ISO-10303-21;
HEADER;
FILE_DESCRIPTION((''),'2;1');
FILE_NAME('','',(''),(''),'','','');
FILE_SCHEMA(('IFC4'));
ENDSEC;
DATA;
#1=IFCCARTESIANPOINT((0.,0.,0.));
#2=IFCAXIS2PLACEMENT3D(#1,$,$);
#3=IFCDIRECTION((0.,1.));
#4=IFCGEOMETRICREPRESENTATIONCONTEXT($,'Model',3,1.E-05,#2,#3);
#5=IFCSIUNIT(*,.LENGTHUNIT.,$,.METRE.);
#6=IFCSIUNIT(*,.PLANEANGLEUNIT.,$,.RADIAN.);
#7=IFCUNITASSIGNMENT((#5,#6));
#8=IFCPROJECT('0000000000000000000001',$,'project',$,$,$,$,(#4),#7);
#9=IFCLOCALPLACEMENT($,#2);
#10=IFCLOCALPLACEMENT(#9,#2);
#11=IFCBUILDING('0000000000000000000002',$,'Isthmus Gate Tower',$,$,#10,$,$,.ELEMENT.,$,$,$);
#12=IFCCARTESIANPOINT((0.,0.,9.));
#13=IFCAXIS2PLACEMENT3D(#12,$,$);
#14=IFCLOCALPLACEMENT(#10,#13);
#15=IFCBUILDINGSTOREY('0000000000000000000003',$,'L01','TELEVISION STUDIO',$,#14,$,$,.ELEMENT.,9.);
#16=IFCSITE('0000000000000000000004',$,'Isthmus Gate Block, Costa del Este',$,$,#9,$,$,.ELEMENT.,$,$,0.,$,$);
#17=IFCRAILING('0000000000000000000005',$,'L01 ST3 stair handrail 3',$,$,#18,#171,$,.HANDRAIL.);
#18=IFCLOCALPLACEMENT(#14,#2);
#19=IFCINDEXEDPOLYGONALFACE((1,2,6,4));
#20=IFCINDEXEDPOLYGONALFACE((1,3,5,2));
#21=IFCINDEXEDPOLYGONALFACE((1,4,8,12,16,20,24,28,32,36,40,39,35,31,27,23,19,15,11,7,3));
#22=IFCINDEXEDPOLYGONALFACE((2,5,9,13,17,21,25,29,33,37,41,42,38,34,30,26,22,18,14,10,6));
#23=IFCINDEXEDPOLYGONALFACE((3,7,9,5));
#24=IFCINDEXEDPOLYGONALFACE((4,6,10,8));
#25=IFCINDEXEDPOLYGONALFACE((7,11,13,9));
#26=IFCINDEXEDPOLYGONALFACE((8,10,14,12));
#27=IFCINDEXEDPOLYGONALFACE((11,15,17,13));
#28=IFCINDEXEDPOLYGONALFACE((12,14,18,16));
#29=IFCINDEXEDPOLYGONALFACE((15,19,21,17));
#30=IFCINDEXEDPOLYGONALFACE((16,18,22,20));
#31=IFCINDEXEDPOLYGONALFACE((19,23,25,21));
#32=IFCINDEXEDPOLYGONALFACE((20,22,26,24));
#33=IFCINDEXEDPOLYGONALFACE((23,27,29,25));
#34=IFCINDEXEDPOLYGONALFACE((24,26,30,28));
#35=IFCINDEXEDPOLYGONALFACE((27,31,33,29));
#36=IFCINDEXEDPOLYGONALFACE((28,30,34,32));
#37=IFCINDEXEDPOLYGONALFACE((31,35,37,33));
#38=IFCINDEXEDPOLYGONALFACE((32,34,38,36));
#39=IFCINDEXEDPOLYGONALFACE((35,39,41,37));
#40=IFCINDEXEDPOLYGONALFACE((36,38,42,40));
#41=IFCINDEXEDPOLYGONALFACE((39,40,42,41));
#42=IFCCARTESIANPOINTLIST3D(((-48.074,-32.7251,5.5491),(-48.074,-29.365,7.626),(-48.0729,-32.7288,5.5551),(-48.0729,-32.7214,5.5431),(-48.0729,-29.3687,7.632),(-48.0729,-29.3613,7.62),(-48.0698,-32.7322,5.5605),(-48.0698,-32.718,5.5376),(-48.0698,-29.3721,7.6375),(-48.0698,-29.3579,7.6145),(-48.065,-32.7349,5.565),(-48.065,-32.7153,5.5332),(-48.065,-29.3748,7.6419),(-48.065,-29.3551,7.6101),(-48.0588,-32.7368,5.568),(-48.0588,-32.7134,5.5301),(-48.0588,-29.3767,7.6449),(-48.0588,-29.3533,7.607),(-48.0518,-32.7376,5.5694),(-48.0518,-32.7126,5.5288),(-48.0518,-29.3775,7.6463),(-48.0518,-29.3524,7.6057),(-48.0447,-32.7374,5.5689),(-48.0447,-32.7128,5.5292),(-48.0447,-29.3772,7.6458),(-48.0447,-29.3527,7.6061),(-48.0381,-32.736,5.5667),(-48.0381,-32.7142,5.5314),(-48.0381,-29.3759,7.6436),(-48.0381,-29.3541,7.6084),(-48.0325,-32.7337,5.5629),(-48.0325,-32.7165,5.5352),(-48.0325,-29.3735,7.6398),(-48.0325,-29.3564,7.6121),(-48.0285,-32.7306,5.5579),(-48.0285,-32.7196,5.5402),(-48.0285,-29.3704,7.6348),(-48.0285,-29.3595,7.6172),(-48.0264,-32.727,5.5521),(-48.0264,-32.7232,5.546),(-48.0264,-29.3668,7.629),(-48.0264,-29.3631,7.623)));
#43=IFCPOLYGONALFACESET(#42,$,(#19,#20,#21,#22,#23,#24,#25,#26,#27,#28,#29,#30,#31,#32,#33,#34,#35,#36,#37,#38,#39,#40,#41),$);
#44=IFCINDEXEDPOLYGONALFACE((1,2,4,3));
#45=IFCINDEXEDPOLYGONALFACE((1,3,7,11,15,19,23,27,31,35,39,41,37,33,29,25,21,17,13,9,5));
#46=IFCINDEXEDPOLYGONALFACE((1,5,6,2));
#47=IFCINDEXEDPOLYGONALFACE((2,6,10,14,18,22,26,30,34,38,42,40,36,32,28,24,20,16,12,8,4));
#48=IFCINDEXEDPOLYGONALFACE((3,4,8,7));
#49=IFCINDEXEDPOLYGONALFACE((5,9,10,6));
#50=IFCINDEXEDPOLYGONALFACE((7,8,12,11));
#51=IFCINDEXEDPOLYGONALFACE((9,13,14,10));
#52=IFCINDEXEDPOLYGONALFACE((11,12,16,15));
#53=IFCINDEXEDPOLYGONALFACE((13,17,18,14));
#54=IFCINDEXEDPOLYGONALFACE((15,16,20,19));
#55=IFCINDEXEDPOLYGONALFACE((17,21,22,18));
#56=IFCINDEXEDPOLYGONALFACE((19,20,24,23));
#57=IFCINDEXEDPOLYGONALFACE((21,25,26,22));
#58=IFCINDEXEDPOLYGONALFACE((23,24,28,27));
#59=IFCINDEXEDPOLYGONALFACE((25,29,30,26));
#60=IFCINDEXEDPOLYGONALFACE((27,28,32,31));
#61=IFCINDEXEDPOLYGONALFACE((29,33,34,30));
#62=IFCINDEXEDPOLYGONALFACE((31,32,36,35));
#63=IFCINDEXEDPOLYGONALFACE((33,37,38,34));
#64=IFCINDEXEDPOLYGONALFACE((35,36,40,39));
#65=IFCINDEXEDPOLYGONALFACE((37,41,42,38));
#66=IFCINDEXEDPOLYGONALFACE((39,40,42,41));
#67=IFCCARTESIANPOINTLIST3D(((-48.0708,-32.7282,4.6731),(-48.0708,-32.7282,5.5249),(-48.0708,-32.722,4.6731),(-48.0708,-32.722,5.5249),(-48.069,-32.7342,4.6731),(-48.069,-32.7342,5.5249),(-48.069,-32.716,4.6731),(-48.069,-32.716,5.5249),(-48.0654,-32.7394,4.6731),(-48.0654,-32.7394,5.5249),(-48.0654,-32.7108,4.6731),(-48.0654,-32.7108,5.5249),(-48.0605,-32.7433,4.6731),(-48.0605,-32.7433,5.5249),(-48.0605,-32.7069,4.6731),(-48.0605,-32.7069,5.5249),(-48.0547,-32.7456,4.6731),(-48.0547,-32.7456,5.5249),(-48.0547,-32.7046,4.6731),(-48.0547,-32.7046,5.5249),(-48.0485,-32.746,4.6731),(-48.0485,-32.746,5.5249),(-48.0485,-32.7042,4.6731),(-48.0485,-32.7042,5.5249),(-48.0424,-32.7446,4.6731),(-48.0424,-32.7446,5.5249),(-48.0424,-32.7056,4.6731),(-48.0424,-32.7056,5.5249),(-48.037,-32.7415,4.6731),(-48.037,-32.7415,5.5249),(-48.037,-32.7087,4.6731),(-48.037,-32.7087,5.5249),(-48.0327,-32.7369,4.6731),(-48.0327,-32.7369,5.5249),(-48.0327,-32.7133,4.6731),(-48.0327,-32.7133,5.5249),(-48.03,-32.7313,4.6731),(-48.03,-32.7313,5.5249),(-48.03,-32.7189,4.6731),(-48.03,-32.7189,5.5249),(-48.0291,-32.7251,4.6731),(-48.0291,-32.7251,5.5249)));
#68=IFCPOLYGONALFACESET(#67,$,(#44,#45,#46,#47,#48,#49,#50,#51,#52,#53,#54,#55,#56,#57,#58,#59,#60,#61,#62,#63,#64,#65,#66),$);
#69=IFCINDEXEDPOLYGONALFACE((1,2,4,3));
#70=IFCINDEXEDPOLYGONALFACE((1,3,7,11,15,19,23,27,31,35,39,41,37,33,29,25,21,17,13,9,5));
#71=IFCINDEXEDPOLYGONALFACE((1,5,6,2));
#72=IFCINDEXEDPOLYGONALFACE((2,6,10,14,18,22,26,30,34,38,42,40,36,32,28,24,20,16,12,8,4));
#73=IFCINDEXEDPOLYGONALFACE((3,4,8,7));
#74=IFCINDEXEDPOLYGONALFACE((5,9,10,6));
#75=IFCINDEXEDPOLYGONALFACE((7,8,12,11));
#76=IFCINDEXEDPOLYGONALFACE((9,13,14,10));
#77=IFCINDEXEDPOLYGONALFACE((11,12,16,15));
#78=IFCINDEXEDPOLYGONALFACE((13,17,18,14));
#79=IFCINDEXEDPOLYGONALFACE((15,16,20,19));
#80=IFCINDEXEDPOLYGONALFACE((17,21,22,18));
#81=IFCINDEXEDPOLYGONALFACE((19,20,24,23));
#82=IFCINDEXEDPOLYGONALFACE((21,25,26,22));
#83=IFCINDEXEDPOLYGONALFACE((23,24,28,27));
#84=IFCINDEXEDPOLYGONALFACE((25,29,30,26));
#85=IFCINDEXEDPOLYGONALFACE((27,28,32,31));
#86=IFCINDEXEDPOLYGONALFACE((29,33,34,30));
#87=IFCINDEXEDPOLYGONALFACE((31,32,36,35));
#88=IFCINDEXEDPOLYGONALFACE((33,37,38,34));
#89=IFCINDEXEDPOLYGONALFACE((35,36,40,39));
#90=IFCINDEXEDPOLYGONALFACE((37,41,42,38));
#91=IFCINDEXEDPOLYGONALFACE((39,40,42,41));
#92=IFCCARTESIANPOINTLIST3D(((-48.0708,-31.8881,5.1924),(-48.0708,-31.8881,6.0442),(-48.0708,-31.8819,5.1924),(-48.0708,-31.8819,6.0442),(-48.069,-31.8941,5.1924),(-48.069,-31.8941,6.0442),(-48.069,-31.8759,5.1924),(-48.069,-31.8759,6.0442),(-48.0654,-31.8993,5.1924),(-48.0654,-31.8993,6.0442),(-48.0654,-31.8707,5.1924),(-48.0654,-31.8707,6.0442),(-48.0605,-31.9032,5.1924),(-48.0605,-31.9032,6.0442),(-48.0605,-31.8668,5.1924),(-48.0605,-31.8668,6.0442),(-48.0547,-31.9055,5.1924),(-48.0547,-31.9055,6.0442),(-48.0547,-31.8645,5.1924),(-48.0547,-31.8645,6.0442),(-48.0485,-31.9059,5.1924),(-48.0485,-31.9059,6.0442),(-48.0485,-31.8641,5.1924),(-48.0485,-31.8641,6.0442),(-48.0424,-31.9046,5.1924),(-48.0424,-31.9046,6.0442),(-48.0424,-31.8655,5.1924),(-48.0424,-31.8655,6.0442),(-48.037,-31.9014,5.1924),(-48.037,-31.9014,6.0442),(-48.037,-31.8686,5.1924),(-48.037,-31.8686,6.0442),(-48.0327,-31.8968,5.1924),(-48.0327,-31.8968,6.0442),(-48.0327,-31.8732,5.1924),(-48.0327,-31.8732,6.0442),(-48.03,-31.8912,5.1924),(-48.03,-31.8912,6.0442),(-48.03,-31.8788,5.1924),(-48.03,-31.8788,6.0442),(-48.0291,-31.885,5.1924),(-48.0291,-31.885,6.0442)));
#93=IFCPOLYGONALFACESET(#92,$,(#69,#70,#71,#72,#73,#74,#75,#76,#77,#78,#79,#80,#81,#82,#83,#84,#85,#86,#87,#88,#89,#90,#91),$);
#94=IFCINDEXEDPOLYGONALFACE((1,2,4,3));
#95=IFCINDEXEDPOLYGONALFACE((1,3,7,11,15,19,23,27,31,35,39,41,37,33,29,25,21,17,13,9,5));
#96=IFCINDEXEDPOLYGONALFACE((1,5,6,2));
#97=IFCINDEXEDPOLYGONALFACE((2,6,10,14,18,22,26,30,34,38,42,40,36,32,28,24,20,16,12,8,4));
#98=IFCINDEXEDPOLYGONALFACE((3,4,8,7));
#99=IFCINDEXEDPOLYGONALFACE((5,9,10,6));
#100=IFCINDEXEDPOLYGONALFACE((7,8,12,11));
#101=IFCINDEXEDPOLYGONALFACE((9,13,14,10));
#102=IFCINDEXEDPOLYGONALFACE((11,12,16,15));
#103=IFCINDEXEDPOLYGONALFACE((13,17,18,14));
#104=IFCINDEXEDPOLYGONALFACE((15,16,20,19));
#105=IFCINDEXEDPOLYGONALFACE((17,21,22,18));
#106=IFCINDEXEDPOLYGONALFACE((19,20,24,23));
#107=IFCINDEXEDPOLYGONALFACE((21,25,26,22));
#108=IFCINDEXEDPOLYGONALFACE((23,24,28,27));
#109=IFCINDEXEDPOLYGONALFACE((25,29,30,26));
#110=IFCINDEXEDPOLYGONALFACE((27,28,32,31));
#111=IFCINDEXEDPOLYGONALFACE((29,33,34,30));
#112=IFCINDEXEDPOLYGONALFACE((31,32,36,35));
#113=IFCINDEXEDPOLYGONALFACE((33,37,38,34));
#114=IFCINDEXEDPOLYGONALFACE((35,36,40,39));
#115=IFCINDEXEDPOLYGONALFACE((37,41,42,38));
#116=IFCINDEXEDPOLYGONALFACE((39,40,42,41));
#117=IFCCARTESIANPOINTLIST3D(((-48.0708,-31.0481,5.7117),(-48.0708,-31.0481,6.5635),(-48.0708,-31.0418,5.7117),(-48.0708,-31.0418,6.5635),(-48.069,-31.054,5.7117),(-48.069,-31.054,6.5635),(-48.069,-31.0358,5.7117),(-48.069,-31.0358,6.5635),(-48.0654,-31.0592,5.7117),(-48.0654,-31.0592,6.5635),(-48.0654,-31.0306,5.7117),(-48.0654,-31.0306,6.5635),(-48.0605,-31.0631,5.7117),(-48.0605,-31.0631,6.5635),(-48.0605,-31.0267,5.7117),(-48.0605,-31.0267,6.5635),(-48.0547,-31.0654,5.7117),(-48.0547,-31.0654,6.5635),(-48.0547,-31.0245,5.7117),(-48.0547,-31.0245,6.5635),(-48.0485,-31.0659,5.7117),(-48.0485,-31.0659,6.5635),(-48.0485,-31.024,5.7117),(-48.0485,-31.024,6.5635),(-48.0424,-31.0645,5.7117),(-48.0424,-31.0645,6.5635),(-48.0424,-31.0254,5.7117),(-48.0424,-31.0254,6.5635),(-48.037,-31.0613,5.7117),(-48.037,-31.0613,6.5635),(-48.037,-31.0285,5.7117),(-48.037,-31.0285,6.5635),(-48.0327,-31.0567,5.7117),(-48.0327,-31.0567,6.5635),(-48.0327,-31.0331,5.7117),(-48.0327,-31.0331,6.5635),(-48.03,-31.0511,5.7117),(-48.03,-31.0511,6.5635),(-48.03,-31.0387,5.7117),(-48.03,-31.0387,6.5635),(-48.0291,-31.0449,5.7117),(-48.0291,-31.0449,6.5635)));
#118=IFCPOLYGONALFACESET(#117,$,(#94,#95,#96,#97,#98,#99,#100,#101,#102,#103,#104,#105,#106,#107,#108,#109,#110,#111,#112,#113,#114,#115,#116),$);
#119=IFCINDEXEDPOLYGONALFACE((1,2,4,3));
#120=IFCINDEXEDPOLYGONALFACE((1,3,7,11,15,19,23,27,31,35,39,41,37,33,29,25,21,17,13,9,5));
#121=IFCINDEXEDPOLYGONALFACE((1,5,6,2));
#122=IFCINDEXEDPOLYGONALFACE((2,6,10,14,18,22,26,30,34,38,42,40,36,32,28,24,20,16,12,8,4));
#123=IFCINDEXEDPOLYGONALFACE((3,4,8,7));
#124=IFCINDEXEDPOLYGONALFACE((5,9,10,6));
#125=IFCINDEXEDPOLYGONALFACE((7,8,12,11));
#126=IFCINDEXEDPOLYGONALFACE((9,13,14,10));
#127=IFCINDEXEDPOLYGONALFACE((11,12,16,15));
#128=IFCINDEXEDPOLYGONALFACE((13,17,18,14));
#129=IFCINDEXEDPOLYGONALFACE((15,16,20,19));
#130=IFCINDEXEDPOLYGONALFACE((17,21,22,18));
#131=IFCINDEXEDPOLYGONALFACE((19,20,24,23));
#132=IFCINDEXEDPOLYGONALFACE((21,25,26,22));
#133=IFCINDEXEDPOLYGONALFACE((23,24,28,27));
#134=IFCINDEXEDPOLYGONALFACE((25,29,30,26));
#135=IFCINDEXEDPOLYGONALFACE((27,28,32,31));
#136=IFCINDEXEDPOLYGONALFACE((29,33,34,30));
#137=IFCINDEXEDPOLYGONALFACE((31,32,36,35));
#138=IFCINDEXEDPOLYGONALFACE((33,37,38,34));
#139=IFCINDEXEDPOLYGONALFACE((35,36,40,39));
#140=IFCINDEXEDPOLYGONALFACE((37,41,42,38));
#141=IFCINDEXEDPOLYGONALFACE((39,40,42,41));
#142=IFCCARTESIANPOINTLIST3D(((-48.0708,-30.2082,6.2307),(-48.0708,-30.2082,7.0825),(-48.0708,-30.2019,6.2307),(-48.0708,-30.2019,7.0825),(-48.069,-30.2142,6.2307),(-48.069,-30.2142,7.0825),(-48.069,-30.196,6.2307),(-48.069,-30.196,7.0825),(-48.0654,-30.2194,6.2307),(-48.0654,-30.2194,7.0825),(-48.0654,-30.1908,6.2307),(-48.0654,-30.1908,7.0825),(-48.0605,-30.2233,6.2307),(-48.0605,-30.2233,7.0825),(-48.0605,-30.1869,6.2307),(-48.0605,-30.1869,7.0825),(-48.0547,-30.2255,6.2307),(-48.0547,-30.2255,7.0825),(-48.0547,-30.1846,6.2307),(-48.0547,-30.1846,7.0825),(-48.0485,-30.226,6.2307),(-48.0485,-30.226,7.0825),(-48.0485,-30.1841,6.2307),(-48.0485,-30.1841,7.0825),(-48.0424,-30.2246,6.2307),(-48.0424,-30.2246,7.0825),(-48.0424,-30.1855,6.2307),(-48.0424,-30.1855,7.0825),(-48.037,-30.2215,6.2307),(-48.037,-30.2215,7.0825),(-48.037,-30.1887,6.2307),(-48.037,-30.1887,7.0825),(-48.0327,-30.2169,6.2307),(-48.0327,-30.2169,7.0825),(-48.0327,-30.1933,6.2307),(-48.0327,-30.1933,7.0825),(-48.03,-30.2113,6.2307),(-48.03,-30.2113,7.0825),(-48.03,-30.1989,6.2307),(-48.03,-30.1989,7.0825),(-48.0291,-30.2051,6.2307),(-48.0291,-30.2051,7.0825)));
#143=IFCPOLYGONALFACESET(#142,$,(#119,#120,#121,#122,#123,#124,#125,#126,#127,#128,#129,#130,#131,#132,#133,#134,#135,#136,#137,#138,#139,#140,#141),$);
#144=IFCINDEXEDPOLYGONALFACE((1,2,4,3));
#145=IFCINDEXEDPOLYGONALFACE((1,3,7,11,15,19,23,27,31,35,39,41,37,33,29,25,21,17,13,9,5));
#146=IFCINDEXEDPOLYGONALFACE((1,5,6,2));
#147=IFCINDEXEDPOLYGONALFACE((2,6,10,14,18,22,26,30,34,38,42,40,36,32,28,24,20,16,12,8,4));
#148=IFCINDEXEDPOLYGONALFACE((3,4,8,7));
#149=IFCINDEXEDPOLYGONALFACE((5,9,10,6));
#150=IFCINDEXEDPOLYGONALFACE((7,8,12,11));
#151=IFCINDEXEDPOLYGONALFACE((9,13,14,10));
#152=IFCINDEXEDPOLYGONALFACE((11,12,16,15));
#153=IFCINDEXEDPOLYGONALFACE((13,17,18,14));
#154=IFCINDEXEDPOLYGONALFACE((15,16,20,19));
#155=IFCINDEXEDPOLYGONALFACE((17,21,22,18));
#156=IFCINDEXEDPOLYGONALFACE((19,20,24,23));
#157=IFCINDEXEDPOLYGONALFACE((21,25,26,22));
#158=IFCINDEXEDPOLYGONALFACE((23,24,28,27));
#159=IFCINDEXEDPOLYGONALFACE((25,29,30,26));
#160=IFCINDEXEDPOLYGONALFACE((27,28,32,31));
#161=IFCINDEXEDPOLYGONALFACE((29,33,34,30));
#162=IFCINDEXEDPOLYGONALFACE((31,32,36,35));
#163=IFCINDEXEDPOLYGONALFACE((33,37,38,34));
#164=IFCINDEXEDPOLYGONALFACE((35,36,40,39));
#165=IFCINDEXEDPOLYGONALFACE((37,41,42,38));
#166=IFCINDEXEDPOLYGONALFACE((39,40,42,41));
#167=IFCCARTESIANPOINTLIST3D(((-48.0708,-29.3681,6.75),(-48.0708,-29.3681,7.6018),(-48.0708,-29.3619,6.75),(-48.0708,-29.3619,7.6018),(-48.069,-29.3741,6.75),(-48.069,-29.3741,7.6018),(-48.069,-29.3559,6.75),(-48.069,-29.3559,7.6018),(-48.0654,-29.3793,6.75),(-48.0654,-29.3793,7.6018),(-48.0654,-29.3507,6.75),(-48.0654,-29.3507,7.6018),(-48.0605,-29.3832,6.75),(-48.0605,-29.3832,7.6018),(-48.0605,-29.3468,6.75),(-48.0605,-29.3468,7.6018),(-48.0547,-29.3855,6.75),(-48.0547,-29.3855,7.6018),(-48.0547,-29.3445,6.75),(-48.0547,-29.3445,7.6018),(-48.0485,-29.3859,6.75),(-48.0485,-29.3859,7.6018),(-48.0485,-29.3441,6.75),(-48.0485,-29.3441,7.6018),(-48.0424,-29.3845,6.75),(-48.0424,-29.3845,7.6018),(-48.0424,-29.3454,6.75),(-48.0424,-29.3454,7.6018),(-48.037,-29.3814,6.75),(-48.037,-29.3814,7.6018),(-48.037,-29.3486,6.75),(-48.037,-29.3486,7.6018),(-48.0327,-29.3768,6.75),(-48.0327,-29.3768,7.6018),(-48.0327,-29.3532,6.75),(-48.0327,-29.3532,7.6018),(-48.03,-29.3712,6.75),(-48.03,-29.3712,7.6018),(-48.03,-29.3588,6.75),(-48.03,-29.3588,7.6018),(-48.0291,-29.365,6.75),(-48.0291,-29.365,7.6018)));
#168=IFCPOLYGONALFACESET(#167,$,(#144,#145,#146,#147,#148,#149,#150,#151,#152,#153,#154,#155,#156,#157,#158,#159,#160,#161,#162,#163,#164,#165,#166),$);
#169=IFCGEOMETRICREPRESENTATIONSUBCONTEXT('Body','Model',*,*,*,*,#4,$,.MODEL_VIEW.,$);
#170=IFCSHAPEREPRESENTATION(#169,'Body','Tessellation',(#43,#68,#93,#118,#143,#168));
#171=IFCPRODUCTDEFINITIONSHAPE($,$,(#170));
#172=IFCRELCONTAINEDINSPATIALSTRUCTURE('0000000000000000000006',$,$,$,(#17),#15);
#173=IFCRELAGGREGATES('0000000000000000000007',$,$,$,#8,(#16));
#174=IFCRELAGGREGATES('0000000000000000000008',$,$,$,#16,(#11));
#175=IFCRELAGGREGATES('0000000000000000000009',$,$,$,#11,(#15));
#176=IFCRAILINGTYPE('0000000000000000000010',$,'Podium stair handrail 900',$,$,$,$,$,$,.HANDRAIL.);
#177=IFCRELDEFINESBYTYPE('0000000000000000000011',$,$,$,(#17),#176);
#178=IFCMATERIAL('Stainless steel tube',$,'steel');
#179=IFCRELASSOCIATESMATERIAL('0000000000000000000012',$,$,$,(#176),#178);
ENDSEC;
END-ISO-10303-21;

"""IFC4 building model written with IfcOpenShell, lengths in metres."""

from ifc_helpers import new_model, si_unit, direction, frame, origin, origin_2d, place, context, subcontext, project, spatial, circle, extrude, material, type_object, element, save


model = new_model("IFC4")

# Units and contexts
model_context = context("Model", 3, precision=1e-05, world=origin(), true_north=direction((0.0, 1.0)))
body_context = subcontext(model_context, "Body", "Model", "MODEL_VIEW")
ifc_project = project(units=[si_unit("LENGTHUNIT", "METRE"), si_unit("PLANEANGLEUNIT", "RADIAN")], contexts=[model_context])

# Site, building, storey
site_placement = place(None, origin())
site = spatial("IfcSite", under=ifc_project, at=site_placement, Name="Isthmus Gate Block, Costa del Este", CompositionType="ELEMENT", RefElevation=0.0)
building_placement = place(site_placement, origin())
building = spatial("IfcBuilding", under=site, at=building_placement, Name="Isthmus Gate Tower", CompositionType="ELEMENT")
storey_placement = place(building_placement, frame((0.0, 0.0, 9.0)))
storey = spatial("IfcBuildingStorey", under=building, at=storey_placement, Name="L01", Description="TELEVISION STUDIO", CompositionType="ELEMENT", Elevation=9.0)

# Railing
ifc_material_1 = material(Name="Stainless steel tube", Category="steel")
railing_type_1 = type_object("IfcRailingType", Name="Podium stair handrail 900", PredefinedType="HANDRAIL", material=ifc_material_1)
railing_1_placement = place(storey_placement, frame((-48.05, -32.7251, 4.6731)))
element("IfcRailing", 1, at=railing_1_placement, inside=storey, type_object=railing_type_1, Name="L01 ST3 stair handrail 3", PredefinedType="HANDRAIL", context=body_context, shape_type="SweptSolid", body=[
    extrude(circle(Radius=0.0239, at=origin_2d()), frame((0.0, 0.0, 0.876), z_axis=(0.0, 0.850623, 0.525776), x_axis=(-1.0, 0.0, 0.0)), (0.0, 0.0, 1.0), 3.9502),
    extrude(circle(Radius=0.021, at=origin_2d()), origin(), (0.0, 0.0, 1.0), 0.8518),
    extrude(circle(Radius=0.021, at=origin_2d()), frame((0.0, 0.8401, 0.5193)), (0.0, 0.0, 1.0), 0.8518),
    extrude(circle(Radius=0.021, at=origin_2d()), frame((0.0, 1.6802, 1.0386)), (0.0, 0.0, 1.0), 0.8518),
    extrude(circle(Radius=0.021, at=origin_2d()), frame((0.0, 2.52, 1.5576)), (0.0, 0.0, 1.0), 0.8518),
    extrude(circle(Radius=0.021, at=origin_2d()), frame((0.0, 3.3601, 2.0769)), (0.0, 0.0, 1.0), 0.8518),
])

save(model, "model.ifc")
